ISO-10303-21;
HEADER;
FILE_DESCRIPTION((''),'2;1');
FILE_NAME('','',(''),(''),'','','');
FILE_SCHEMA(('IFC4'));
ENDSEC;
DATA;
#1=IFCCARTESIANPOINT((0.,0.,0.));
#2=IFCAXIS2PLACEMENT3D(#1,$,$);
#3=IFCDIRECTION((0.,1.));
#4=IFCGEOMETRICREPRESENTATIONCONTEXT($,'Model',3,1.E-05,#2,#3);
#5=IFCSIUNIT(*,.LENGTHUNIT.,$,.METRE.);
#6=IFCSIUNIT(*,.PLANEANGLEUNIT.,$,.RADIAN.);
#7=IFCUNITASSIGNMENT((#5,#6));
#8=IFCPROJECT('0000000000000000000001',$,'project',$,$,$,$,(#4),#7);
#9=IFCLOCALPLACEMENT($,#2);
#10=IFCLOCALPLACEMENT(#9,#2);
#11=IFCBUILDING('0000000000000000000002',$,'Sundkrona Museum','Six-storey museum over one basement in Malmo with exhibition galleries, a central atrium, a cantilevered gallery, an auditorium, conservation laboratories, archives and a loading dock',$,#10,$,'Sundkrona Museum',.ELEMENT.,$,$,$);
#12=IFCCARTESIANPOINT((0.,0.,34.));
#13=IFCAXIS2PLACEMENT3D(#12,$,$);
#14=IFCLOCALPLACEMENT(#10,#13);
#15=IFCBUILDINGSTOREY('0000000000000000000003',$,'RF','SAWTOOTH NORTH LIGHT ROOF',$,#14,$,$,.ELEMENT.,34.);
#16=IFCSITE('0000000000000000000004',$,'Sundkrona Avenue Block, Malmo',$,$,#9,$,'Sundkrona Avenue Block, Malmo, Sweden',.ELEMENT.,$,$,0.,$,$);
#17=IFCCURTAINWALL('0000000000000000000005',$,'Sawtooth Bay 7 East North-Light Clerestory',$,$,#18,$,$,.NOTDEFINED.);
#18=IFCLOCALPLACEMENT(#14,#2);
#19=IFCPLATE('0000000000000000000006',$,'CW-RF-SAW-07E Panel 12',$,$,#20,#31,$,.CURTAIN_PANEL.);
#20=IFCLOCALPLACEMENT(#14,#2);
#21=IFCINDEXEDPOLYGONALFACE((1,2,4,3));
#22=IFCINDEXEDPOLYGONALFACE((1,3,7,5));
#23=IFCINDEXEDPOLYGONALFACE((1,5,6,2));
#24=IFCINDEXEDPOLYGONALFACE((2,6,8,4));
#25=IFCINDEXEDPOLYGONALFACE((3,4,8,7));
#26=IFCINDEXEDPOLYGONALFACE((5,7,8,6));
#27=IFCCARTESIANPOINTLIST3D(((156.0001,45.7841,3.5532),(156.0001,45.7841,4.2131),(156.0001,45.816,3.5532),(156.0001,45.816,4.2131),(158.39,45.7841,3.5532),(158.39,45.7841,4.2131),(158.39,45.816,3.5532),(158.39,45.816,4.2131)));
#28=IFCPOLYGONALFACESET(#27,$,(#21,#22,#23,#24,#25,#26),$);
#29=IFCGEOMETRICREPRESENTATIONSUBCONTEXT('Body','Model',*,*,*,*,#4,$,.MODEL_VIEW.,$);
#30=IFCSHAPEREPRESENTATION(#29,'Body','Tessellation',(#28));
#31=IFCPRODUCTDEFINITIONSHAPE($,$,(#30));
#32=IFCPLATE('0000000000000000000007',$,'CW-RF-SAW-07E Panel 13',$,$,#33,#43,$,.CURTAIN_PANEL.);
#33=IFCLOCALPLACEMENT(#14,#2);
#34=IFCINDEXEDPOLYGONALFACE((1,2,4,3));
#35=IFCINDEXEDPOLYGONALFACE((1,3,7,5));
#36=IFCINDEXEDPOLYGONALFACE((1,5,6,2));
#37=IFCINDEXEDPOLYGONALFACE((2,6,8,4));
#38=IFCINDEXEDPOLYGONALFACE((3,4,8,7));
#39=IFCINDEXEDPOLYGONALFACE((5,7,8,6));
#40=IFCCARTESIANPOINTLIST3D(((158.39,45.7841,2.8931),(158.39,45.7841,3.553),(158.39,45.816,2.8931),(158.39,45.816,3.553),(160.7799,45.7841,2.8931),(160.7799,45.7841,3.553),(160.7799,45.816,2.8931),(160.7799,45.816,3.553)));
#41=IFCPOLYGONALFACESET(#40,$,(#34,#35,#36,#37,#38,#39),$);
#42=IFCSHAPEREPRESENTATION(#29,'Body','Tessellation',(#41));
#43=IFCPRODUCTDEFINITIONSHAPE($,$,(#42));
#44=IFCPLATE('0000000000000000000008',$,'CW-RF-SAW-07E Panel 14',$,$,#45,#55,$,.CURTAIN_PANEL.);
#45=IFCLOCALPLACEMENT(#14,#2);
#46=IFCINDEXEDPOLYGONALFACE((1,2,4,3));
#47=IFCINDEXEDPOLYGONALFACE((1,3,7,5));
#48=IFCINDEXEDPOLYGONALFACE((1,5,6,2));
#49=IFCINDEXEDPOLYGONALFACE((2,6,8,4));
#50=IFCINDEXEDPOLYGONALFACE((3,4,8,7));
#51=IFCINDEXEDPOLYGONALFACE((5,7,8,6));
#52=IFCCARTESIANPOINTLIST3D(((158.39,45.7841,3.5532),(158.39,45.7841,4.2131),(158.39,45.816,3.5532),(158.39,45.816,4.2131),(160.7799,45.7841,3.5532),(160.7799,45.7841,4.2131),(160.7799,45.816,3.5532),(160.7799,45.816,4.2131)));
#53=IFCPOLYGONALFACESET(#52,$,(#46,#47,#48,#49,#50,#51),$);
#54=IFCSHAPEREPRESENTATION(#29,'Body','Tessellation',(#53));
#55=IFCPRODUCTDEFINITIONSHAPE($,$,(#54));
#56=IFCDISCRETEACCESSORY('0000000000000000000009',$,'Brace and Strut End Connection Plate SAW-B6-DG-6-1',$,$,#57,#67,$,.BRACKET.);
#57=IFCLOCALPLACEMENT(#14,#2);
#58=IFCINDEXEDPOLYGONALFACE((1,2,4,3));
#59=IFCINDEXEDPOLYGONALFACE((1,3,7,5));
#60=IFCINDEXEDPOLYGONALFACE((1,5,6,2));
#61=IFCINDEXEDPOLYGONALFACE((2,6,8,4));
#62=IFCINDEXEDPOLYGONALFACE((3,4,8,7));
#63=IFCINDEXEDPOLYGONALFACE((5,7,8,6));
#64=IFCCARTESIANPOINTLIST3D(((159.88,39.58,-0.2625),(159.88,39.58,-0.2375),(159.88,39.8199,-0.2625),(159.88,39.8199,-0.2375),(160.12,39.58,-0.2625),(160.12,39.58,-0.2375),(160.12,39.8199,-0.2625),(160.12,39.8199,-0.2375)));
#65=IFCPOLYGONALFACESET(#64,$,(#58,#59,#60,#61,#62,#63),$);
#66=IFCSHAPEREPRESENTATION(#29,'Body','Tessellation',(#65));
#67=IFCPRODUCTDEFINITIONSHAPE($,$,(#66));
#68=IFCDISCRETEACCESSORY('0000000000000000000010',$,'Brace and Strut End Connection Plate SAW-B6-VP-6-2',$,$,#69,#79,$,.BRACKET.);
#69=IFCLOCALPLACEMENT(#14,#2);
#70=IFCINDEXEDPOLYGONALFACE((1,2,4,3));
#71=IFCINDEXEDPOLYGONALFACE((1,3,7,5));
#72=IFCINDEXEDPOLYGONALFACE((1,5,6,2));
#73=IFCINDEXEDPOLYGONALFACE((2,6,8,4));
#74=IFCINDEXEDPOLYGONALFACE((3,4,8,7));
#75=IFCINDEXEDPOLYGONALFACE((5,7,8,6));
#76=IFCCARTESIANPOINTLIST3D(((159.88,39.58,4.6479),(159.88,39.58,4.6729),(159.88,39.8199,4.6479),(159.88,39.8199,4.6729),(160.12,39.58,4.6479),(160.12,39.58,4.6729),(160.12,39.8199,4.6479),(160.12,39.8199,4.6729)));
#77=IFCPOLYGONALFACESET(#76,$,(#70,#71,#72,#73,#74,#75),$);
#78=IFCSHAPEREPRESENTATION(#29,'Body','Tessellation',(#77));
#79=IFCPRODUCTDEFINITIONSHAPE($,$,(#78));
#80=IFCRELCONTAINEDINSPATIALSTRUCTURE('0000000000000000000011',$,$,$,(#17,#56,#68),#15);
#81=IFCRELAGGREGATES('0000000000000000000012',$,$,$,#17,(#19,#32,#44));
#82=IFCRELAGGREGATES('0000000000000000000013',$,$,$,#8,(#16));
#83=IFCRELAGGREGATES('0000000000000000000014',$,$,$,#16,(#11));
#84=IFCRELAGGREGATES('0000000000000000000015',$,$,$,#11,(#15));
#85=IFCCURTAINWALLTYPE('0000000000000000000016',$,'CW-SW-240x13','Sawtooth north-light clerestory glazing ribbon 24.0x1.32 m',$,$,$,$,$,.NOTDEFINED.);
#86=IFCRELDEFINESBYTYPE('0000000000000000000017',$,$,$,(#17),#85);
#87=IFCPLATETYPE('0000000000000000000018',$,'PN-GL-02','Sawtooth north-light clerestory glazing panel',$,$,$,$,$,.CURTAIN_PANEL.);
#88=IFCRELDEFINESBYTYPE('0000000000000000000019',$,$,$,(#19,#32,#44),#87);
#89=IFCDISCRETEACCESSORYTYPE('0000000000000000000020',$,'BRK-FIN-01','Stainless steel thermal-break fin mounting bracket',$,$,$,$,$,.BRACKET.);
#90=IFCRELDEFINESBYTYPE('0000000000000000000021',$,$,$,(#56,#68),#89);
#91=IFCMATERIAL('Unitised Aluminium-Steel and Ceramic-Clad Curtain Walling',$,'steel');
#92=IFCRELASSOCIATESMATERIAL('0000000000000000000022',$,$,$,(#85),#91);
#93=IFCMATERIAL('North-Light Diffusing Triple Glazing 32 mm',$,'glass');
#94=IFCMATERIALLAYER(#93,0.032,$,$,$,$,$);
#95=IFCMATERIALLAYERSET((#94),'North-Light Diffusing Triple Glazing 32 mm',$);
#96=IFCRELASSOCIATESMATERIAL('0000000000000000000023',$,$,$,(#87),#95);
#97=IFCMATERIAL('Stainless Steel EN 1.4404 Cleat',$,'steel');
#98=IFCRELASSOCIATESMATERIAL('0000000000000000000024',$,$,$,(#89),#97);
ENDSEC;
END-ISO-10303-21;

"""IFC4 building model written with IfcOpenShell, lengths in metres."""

from ifc_helpers import new_model, si_unit, direction, frame, origin, origin_2d, place, context, subcontext, project, spatial, rectangle, extrude, material, layer, layer_set, type_object, element, aggregate, save


model = new_model("IFC4")

# Units and contexts
model_context = context("Model", 3, precision=1e-05, world=origin(), true_north=direction((0.0, 1.0)))
body_context = subcontext(model_context, "Body", "Model", "MODEL_VIEW")
ifc_project = project(units=[si_unit("LENGTHUNIT", "METRE"), si_unit("PLANEANGLEUNIT", "RADIAN")], contexts=[model_context])

# Site, building, storey
site_placement = place(None, origin())
site = spatial("IfcSite", under=ifc_project, at=site_placement, Name="Sundkrona Avenue Block, Malmo", LongName="Sundkrona Avenue Block, Malmo, Sweden", CompositionType="ELEMENT", RefElevation=0.0)
building_placement = place(site_placement, origin())
building = spatial("IfcBuilding", under=site, at=building_placement, Name="Sundkrona Museum", Description="Six-storey museum over one basement in Malmo with exhibition galleries, a central atrium, a cantilevered gallery, an auditorium, conservation laboratories, archives and a loading dock", LongName="Sundkrona Museum", CompositionType="ELEMENT")
storey_placement = place(building_placement, frame((0.0, 0.0, 34.0)))
storey = spatial("IfcBuildingStorey", under=building, at=storey_placement, Name="RF", Description="SAWTOOTH NORTH LIGHT ROOF", CompositionType="ELEMENT", Elevation=34.0)

# Curtain wall
ifc_material_1 = material(Name="Unitised Aluminium-Steel and Ceramic-Clad Curtain Walling", Category="steel")
curtain_wall_type = type_object("IfcCurtainWallType", Name="CW-SW-240x13", Description="Sawtooth north-light clerestory glazing ribbon 24.0x1.32 m", PredefinedType="NOTDEFINED", material=ifc_material_1)
curtain_wall_1_placement = place(storey_placement, origin())
curtain_wall_1 = element("IfcCurtainWall", 1, at=curtain_wall_1_placement, inside=storey, type_object=curtain_wall_type, Name="Sawtooth Bay 7 East North-Light Clerestory", PredefinedType="NOTDEFINED")

# Plates
ifc_material_2 = material(Name="North-Light Diffusing Triple Glazing 32 mm", Category="glass")
ifc_layer_1 = layer(ifc_material_2, 0.032)
ifc_layer_set_1 = layer_set([ifc_layer_1], Name="North-Light Diffusing Triple Glazing 32 mm")
plate_type_1 = type_object("IfcPlateType", Name="PN-GL-02", Description="Sawtooth north-light clerestory glazing panel", PredefinedType="CURTAIN_PANEL", material=ifc_layer_set_1)
plate_1_placement = place(storey_placement, frame((157.1951, 45.8, 3.5532), z_axis=(0.0, 0.0, 1.0), x_axis=(1.0, 0.0, 0.0)))
plate_1 = element("IfcPlate", 2, at=plate_1_placement, type_object=plate_type_1, Name="CW-RF-SAW-07E Panel 12", PredefinedType="CURTAIN_PANEL", context=body_context, shape_type="SweptSolid", body=[
    extrude(rectangle(XDim=2.3899, YDim=0.032, at=origin_2d()), origin(), (0.0, 0.0, 1.0), 0.6599),
])
plate_2_placement = place(storey_placement, frame((159.585, 45.8, 2.8931), z_axis=(0.0, 0.0, 1.0), x_axis=(1.0, 0.0, 0.0)))
plate_2 = element("IfcPlate", 3, at=plate_2_placement, type_object=plate_type_1, Name="CW-RF-SAW-07E Panel 13", PredefinedType="CURTAIN_PANEL", context=body_context, shape_type="SweptSolid", body=[
    extrude(rectangle(XDim=2.3899, YDim=0.032, at=origin_2d()), origin(), (0.0, 0.0, 1.0), 0.6599),
])
plate_3_placement = place(storey_placement, frame((159.585, 45.8, 3.5532), z_axis=(0.0, 0.0, 1.0), x_axis=(1.0, 0.0, 0.0)))
plate_3 = element("IfcPlate", 4, at=plate_3_placement, type_object=plate_type_1, Name="CW-RF-SAW-07E Panel 14", PredefinedType="CURTAIN_PANEL", context=body_context, shape_type="SweptSolid", body=[
    extrude(rectangle(XDim=2.3899, YDim=0.032, at=origin_2d()), origin(), (0.0, 0.0, 1.0), 0.6599),
])
aggregate(curtain_wall_1, [plate_1, plate_2, plate_3])

# Discrete accessories
ifc_material_3 = material(Name="Stainless Steel EN 1.4404 Cleat", Category="steel")
discrete_accessory_type = type_object("IfcDiscreteAccessoryType", Name="BRK-FIN-01", Description="Stainless steel thermal-break fin mounting bracket", PredefinedType="BRACKET", material=ifc_material_3)
for number, where, z_axis, x_axis, name in (
    (5, (160.0, 39.7, -0.2625), (0.0, 0.0, 1.0), (1.0, 0.0, 0.0), "Brace and Strut End Connection Plate SAW-B6-DG-6-1"),
    (6, (160.0, 39.7, 4.6479), (0.0, 0.0, 1.0), (1.0, 0.0, 0.0), "Brace and Strut End Connection Plate SAW-B6-VP-6-2"),
):
    element("IfcDiscreteAccessory", number, at=place(storey_placement, frame(where, z_axis=z_axis, x_axis=x_axis)), inside=storey, type_object=discrete_accessory_type, Name=name, PredefinedType="BRACKET", context=body_context, shape_type="SweptSolid", body=[
        extrude(rectangle(XDim=0.24, YDim=0.24, at=origin_2d()), origin(), (0.0, 0.0, 1.0), 0.0249),
    ])

save(model, "model.ifc")
